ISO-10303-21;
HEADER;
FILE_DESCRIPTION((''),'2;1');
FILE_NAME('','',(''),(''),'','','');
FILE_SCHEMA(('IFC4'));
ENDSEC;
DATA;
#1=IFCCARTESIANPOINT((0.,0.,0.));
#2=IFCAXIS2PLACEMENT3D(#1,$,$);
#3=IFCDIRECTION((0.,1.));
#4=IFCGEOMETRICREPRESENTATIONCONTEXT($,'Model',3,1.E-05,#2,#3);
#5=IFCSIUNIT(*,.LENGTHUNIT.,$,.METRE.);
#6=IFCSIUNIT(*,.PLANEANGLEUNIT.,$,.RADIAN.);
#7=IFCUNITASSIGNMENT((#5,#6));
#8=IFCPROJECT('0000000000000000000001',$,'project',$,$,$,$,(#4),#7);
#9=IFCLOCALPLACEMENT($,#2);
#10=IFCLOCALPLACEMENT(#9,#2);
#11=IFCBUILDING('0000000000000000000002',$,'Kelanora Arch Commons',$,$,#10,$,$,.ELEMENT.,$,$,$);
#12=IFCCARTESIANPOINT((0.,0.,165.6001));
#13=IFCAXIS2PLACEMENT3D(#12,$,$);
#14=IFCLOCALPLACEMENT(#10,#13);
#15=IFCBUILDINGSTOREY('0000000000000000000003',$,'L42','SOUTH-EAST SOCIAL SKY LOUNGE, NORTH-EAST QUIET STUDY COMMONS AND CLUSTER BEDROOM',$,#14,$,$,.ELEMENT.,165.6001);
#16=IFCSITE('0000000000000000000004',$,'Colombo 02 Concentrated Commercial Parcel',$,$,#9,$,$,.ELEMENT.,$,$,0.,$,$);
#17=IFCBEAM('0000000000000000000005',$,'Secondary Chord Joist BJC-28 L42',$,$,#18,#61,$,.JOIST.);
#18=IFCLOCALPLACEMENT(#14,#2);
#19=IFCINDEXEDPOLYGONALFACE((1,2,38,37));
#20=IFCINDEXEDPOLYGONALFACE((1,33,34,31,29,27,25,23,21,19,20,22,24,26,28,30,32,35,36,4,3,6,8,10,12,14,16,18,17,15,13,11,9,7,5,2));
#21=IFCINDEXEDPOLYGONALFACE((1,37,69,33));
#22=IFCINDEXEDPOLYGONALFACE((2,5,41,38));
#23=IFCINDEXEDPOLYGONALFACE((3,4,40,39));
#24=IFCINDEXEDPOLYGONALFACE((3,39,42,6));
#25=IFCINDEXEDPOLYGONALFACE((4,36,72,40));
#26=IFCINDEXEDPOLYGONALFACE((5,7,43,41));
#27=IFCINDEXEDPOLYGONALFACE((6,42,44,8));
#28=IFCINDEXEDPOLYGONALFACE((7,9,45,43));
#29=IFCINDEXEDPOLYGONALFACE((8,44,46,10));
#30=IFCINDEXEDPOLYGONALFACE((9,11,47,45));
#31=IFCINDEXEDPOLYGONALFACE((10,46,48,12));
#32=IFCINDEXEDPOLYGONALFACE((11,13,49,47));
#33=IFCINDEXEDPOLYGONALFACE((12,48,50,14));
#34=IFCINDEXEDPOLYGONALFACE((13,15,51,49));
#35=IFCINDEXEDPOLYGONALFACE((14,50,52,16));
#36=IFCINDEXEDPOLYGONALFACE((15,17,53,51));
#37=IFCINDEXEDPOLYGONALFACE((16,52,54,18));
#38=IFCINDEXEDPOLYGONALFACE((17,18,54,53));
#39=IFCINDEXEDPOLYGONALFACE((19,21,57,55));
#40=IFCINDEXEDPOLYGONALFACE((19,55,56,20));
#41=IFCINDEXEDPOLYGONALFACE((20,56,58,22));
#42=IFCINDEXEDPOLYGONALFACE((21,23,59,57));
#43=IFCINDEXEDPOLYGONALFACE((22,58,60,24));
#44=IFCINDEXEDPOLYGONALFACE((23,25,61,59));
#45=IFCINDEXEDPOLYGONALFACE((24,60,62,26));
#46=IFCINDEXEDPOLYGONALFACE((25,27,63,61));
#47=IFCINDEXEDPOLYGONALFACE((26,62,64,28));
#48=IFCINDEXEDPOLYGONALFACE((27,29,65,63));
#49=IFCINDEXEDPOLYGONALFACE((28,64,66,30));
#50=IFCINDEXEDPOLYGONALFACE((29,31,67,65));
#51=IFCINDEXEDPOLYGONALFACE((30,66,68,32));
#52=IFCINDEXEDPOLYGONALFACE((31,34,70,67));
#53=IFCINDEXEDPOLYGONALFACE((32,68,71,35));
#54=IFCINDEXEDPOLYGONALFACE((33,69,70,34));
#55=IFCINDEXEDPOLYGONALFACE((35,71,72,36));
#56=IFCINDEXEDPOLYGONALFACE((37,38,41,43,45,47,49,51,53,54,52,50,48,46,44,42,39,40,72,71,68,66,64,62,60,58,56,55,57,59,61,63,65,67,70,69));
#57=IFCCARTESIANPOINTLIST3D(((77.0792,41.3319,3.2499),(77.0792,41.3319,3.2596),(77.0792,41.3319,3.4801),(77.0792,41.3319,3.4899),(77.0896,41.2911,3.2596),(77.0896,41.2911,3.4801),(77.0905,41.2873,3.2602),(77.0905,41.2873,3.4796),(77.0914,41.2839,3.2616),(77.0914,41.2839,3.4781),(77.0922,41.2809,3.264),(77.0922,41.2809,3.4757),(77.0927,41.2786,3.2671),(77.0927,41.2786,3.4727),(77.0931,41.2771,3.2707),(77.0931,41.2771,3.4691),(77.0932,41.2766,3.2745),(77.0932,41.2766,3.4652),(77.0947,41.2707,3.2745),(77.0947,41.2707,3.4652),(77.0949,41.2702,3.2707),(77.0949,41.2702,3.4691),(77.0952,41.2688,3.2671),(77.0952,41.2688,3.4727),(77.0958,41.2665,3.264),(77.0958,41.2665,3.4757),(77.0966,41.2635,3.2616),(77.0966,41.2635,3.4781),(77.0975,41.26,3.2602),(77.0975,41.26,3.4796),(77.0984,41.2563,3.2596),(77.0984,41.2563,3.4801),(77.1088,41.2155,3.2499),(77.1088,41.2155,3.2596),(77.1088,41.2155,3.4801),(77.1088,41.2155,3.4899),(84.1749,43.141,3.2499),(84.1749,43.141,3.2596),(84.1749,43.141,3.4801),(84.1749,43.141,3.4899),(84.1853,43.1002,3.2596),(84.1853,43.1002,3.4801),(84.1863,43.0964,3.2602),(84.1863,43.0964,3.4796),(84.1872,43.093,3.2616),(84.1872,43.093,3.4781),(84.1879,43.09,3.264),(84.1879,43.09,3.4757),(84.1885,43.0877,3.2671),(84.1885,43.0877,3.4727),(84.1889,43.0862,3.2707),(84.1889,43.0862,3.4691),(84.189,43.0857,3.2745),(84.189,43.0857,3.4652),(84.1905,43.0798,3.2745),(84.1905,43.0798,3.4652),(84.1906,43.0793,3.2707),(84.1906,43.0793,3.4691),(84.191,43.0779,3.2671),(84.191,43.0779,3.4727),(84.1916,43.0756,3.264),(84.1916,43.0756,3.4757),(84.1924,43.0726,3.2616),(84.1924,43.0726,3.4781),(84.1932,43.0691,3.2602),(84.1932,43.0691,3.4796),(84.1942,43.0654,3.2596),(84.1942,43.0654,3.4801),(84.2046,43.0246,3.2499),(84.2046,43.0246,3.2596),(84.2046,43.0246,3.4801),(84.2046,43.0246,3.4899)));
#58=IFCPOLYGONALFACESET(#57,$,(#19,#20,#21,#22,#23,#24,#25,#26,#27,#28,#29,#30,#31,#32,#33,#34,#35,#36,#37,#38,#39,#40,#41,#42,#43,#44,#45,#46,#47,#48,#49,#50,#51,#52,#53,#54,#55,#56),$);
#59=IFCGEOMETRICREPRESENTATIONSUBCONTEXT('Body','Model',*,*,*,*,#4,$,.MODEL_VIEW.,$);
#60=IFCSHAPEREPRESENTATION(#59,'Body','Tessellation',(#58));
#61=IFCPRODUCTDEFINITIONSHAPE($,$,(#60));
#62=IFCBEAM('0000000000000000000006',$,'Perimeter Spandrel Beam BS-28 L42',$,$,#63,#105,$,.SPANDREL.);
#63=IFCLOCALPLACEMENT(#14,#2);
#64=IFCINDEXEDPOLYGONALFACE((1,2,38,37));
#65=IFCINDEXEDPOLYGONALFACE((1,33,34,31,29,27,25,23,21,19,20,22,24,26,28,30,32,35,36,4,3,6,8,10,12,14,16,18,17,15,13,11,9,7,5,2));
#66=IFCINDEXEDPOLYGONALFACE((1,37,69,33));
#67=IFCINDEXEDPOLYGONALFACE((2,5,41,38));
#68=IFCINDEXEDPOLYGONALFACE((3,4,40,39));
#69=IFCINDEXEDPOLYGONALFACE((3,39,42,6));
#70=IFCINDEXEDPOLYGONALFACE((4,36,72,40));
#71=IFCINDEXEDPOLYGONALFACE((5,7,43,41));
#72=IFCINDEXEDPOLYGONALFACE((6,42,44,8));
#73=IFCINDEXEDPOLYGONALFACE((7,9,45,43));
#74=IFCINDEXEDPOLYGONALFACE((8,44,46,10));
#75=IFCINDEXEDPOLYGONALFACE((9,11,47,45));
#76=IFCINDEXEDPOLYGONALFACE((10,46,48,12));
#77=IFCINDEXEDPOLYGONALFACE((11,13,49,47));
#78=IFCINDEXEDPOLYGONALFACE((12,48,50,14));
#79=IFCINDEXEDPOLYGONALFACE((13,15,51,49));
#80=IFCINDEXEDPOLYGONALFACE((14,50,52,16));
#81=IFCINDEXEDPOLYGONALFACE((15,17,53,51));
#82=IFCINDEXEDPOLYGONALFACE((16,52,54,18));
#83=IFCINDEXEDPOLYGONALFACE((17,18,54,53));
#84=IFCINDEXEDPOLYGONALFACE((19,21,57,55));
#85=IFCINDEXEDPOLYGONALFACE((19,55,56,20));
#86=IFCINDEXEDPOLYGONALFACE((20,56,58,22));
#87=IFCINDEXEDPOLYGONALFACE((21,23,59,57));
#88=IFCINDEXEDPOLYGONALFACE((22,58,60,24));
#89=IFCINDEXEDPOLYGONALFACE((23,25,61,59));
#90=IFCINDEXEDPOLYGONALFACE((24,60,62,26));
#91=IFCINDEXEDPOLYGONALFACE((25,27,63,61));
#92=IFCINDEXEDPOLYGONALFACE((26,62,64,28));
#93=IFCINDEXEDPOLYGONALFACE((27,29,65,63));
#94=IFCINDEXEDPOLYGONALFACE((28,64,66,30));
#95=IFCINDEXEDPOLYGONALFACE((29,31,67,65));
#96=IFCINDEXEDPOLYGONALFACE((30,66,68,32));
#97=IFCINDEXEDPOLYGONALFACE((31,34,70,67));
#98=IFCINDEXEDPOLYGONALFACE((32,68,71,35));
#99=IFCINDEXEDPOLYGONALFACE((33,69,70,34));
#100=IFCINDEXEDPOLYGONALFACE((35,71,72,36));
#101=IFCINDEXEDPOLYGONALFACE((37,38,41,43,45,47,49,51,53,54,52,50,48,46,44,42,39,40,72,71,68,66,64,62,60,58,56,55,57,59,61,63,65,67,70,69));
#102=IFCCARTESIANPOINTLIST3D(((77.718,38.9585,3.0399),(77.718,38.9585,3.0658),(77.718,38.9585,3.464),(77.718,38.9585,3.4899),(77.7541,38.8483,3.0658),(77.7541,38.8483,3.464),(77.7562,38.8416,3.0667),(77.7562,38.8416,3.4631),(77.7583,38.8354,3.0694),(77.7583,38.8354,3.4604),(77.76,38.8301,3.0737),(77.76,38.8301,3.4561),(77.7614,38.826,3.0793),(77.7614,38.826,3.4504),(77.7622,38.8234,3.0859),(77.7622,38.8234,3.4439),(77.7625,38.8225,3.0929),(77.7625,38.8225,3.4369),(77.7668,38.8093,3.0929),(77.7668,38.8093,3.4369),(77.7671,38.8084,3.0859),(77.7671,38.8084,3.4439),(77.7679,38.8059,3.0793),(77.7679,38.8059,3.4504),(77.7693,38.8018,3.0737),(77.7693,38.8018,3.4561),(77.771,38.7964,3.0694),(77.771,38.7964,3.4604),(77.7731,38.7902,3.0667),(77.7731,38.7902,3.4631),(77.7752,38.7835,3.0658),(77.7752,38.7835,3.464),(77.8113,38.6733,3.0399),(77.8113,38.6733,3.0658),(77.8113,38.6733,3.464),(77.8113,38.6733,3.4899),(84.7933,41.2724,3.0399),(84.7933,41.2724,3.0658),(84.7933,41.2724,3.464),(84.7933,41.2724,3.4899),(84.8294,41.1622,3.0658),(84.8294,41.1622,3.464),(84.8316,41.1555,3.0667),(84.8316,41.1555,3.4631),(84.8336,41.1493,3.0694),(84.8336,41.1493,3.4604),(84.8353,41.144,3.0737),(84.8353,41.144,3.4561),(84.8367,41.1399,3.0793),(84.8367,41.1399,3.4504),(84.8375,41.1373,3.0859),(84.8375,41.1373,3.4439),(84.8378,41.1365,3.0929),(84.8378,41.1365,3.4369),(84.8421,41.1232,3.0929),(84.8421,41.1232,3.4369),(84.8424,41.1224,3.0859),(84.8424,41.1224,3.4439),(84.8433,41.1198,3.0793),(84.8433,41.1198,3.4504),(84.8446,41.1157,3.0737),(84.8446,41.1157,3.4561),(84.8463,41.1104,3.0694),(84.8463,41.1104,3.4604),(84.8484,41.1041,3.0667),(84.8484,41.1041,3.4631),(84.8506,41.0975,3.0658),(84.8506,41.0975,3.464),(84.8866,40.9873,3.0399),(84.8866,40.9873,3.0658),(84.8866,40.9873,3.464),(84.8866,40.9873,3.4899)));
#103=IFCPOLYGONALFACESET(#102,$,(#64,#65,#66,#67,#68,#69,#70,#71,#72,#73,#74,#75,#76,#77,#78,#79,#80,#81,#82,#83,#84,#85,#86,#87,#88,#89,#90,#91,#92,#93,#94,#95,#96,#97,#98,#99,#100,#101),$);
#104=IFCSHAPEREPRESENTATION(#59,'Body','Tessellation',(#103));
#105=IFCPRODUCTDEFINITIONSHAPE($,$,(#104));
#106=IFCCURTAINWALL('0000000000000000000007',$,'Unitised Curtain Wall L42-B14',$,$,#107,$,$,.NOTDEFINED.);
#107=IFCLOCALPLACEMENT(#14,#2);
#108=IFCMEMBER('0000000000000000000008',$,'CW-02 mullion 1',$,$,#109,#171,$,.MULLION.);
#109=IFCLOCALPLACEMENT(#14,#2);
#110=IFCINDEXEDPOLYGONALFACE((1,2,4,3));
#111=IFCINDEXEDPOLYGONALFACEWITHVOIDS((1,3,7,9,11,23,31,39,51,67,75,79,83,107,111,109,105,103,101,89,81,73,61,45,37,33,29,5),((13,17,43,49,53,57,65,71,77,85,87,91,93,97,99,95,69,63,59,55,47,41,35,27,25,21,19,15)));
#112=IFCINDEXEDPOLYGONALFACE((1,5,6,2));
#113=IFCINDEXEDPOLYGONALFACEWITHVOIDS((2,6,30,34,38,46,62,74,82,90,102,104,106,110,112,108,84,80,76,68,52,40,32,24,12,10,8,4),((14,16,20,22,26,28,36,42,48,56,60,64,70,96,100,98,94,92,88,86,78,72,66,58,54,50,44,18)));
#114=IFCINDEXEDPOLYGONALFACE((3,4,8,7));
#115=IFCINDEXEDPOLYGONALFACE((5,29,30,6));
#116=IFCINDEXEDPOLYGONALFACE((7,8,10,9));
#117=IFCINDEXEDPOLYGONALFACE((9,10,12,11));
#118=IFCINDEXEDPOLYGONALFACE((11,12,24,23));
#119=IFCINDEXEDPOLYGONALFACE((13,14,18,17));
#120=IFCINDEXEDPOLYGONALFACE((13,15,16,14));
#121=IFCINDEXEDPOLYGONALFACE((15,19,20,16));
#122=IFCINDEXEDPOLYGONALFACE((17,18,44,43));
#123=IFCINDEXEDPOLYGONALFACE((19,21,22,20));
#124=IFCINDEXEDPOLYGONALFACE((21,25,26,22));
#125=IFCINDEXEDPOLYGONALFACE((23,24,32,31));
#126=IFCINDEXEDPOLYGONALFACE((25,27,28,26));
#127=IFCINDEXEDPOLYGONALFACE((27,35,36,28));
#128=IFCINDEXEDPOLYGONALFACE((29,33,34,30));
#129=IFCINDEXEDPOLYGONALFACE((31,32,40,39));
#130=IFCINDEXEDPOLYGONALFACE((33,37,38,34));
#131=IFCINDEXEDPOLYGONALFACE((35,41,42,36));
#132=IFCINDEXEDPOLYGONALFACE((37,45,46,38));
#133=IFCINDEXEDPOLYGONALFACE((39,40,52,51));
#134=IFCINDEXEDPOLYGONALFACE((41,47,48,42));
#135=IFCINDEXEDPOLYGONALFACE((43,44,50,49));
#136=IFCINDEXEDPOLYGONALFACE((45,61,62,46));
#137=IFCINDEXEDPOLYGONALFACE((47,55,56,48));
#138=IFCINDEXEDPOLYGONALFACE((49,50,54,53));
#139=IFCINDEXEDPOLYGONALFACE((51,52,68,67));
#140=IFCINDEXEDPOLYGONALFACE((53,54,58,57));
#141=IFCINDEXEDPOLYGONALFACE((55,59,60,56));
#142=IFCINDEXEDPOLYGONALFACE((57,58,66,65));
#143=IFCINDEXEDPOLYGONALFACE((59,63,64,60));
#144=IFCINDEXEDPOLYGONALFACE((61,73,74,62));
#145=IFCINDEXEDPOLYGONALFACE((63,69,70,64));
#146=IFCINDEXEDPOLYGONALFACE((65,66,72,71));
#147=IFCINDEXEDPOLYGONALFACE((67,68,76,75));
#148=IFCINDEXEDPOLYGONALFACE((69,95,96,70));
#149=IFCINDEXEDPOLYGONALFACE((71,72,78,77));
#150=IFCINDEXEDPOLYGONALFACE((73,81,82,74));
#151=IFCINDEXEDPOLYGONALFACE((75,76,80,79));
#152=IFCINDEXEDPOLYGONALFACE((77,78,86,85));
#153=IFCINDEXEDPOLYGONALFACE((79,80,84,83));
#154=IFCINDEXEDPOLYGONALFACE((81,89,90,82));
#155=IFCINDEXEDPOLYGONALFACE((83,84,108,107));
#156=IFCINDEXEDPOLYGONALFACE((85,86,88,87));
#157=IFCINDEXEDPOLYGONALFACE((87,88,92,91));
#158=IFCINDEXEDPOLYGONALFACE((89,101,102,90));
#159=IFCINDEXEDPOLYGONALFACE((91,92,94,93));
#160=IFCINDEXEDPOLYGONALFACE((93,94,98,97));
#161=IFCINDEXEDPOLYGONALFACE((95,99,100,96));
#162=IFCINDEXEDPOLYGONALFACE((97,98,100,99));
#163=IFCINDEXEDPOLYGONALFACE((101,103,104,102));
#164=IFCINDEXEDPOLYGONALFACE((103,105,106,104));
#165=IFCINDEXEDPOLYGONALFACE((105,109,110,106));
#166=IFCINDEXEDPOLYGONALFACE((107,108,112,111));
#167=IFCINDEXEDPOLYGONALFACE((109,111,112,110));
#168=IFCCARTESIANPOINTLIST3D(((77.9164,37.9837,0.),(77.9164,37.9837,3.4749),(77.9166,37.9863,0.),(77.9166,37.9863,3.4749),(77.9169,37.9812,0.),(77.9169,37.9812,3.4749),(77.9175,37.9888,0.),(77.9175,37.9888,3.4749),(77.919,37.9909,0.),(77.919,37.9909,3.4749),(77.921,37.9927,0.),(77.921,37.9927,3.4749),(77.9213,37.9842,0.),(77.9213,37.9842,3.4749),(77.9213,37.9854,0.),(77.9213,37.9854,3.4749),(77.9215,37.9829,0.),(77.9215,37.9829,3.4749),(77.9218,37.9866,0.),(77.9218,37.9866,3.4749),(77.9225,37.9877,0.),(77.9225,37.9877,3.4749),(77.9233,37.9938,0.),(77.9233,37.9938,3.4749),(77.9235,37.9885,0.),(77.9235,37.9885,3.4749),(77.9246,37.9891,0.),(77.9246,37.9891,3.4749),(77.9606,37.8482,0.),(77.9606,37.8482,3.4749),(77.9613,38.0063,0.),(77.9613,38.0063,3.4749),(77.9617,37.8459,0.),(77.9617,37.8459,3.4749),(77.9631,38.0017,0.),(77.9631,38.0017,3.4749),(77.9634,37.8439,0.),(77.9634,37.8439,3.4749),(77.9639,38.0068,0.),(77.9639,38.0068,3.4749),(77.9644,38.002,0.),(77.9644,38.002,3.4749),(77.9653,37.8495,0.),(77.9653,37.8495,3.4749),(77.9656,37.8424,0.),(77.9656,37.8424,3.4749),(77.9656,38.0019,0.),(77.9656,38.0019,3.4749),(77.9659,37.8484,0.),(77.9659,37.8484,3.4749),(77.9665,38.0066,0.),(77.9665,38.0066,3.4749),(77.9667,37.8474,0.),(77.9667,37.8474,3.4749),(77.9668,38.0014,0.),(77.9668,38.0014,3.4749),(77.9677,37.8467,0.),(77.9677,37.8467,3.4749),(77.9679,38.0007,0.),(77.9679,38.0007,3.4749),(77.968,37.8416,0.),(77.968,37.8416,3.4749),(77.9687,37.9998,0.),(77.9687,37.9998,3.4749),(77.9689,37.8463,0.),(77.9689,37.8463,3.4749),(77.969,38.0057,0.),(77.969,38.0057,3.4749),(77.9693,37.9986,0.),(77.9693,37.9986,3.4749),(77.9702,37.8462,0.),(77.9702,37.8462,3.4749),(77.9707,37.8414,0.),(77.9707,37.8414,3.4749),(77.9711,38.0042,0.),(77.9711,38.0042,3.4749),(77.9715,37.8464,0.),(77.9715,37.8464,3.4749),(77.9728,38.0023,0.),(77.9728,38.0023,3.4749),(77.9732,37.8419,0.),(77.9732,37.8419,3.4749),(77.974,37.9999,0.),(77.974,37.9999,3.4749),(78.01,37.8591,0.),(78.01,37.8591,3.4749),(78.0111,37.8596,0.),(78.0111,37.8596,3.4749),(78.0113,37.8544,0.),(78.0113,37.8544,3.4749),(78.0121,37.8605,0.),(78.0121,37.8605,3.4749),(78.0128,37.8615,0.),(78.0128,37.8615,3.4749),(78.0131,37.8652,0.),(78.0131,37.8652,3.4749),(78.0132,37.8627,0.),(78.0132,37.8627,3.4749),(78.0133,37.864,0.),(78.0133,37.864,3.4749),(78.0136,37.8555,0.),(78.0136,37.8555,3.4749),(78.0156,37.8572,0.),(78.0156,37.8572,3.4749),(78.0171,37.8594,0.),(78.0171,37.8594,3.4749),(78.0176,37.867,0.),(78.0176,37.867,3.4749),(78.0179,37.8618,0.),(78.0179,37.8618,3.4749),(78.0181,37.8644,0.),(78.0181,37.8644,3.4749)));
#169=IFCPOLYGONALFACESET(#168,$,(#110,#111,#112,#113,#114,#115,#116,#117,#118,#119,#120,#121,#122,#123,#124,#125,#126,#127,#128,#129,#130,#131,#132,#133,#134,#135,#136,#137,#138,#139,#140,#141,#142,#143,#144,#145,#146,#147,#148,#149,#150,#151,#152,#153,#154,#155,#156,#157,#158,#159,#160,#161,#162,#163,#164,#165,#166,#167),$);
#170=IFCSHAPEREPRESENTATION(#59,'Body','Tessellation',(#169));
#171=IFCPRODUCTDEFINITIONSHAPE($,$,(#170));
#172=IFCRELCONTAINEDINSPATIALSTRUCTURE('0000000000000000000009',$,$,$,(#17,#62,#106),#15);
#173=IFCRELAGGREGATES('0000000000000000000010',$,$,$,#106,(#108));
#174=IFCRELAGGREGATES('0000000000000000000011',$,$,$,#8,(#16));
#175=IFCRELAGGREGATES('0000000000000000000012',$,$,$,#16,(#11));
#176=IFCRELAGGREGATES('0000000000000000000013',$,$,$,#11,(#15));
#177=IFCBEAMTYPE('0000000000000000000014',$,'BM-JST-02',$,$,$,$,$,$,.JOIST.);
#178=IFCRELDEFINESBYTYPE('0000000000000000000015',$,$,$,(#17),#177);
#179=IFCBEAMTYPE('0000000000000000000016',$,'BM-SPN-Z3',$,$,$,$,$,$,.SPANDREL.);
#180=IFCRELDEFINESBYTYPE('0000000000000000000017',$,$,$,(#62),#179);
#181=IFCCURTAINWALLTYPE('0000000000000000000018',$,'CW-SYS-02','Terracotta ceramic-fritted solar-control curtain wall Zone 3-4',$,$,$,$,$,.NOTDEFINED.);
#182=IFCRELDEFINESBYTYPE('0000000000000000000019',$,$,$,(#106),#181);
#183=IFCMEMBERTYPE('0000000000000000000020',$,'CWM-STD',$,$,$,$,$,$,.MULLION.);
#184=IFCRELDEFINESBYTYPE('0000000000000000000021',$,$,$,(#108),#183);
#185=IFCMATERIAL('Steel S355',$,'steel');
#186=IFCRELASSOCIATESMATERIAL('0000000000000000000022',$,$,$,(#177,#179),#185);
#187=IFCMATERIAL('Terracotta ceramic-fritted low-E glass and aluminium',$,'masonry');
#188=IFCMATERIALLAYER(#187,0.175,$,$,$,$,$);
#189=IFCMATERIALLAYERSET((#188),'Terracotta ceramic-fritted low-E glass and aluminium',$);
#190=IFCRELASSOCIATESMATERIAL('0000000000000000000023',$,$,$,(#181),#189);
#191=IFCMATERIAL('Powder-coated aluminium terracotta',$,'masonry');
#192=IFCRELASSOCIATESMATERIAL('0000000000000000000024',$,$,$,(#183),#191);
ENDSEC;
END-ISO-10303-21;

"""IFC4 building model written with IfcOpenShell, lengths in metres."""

from ifc_helpers import new_model, si_unit, direction, frame, origin, origin_2d, place, context, subcontext, project, spatial, hollow_rectangle, i_section, extrude, material, layer, layer_set, material_profile, profile_set, type_object, element, aggregate, save


model = new_model("IFC4")

# Units and contexts
model_context = context("Model", 3, precision=1e-05, world=origin(), true_north=direction((0.0, 1.0)))
body_context = subcontext(model_context, "Body", "Model", "MODEL_VIEW")
ifc_project = project(units=[si_unit("LENGTHUNIT", "METRE"), si_unit("PLANEANGLEUNIT", "RADIAN")], contexts=[model_context])

# Site, building, storey
site_placement = place(None, origin())
site = spatial("IfcSite", under=ifc_project, at=site_placement, Name="Colombo 02 Concentrated Commercial Parcel", CompositionType="ELEMENT", RefElevation=0.0)
building_placement = place(site_placement, origin())
building = spatial("IfcBuilding", under=site, at=building_placement, Name="Kelanora Arch Commons", CompositionType="ELEMENT")
storey_placement = place(building_placement, frame((0.0, 0.0, 165.6001)))
storey = spatial("IfcBuildingStorey", under=building, at=storey_placement, Name="L42", Description="SOUTH-EAST SOCIAL SKY LOUNGE, NORTH-EAST QUIET STUDY COMMONS AND CLUSTER BEDROOM", CompositionType="ELEMENT", Elevation=165.6001)

# Beams
ifc_material_1 = material(Name="Steel S355", Category="steel")
ifc_material_profile_1 = material_profile(ifc_material_1, i_section(OverallWidth=0.1201, OverallDepth=0.24, WebThickness=0.0061, FlangeThickness=0.0098, FilletRadius=0.0149, at=origin_2d()), Name="IPE240")
ifc_profile_set_1 = profile_set([ifc_material_profile_1], Name="Steel S355")
beam_type_1 = type_object("IfcBeamType", Name="BM-JST-02", PredefinedType="JOIST", material=ifc_profile_set_1)
beam_1_placement = place(storey_placement, frame((77.094, 41.2737, 3.3699), z_axis=(0.969002, 0.247052, 0.0), x_axis=(-0.247052, 0.969002, 0.0)))
element("IfcBeam", 1, at=beam_1_placement, inside=storey, type_object=beam_type_1, Name="Secondary Chord Joist BJC-28 L42", PredefinedType="JOIST", context=body_context, shape_type="SweptSolid", body=[
    extrude(i_section(OverallWidth=0.1201, OverallDepth=0.24, WebThickness=0.0061, FlangeThickness=0.0098, FilletRadius=0.0149, at=origin_2d()), origin(), (0.0, 0.0, 1.0), 7.3228),
])
ifc_material_profile_2 = material_profile(ifc_material_1, i_section(OverallWidth=0.3, OverallDepth=0.45, WebThickness=0.0139, FlangeThickness=0.0259, FilletRadius=0.0271, at=origin_2d()), Name="HEB450")
ifc_profile_set_2 = profile_set([ifc_material_profile_2], Name="Steel S355")
beam_type_2 = type_object("IfcBeamType", Name="BM-SPN-Z3", PredefinedType="SPANDREL", material=ifc_profile_set_2)
beam_2_placement = place(storey_placement, frame((77.7646, 38.8159, 3.2649), z_axis=(0.950462, 0.310841, 0.0), x_axis=(-0.310841, 0.950462, 0.0)))
element("IfcBeam", 2, at=beam_2_placement, inside=storey, type_object=beam_type_2, Name="Perimeter Spandrel Beam BS-28 L42", PredefinedType="SPANDREL", context=body_context, shape_type="SweptSolid", body=[
    extrude(i_section(OverallWidth=0.3, OverallDepth=0.45, WebThickness=0.0139, FlangeThickness=0.0259, FilletRadius=0.0271, at=origin_2d()), origin(), (0.0, 0.0, 1.0), 7.4441),
])

# Curtain wall, member
ifc_material_2 = material(Name="Terracotta ceramic-fritted low-E glass and aluminium", Category="masonry")
ifc_layer_1 = layer(ifc_material_2, 0.175)
ifc_layer_set_1 = layer_set([ifc_layer_1], Name="Terracotta ceramic-fritted low-E glass and aluminium")
curtain_wall_type = type_object("IfcCurtainWallType", Name="CW-SYS-02", Description="Terracotta ceramic-fritted solar-control curtain wall Zone 3-4", PredefinedType="NOTDEFINED", material=ifc_layer_set_1)
curtain_wall_placement = place(storey_placement, origin())
curtain_wall = element("IfcCurtainWall", 3, at=curtain_wall_placement, inside=storey, type_object=curtain_wall_type, Name="Unitised Curtain Wall L42-B14", PredefinedType="NOTDEFINED")
ifc_material_3 = material(Name="Powder-coated aluminium terracotta", Category="masonry")
ifc_material_profile_3 = material_profile(ifc_material_3, hollow_rectangle(XDim=0.1599, YDim=0.0601, WallThickness=0.0049, InnerFilletRadius=0.0049, OuterFilletRadius=0.01, at=origin_2d()), Name="CWM160x60")
ifc_profile_set_3 = profile_set([ifc_material_profile_3], Name="Powder-coated aluminium terracotta")
member_type_1 = type_object("IfcMemberType", Name="CWM-STD", PredefinedType="MULLION", material=ifc_profile_set_3)
member_1_placement = place(storey_placement, frame((77.9673, 37.9241, 0.0), z_axis=(0.0, 0.0, 1.0), x_axis=(-0.312128, 0.95004, 0.0)))
member_1 = element("IfcMember", 4, at=member_1_placement, type_object=member_type_1, Name="CW-02 mullion 1", PredefinedType="MULLION", context=body_context, shape_type="SweptSolid", body=[
    extrude(hollow_rectangle(XDim=0.1599, YDim=0.0601, WallThickness=0.0049, InnerFilletRadius=0.0049, OuterFilletRadius=0.01, at=origin_2d()), origin(), (0.0, 0.0, 1.0), 3.4749),
])
aggregate(curtain_wall, [member_1])

save(model, "model.ifc")
